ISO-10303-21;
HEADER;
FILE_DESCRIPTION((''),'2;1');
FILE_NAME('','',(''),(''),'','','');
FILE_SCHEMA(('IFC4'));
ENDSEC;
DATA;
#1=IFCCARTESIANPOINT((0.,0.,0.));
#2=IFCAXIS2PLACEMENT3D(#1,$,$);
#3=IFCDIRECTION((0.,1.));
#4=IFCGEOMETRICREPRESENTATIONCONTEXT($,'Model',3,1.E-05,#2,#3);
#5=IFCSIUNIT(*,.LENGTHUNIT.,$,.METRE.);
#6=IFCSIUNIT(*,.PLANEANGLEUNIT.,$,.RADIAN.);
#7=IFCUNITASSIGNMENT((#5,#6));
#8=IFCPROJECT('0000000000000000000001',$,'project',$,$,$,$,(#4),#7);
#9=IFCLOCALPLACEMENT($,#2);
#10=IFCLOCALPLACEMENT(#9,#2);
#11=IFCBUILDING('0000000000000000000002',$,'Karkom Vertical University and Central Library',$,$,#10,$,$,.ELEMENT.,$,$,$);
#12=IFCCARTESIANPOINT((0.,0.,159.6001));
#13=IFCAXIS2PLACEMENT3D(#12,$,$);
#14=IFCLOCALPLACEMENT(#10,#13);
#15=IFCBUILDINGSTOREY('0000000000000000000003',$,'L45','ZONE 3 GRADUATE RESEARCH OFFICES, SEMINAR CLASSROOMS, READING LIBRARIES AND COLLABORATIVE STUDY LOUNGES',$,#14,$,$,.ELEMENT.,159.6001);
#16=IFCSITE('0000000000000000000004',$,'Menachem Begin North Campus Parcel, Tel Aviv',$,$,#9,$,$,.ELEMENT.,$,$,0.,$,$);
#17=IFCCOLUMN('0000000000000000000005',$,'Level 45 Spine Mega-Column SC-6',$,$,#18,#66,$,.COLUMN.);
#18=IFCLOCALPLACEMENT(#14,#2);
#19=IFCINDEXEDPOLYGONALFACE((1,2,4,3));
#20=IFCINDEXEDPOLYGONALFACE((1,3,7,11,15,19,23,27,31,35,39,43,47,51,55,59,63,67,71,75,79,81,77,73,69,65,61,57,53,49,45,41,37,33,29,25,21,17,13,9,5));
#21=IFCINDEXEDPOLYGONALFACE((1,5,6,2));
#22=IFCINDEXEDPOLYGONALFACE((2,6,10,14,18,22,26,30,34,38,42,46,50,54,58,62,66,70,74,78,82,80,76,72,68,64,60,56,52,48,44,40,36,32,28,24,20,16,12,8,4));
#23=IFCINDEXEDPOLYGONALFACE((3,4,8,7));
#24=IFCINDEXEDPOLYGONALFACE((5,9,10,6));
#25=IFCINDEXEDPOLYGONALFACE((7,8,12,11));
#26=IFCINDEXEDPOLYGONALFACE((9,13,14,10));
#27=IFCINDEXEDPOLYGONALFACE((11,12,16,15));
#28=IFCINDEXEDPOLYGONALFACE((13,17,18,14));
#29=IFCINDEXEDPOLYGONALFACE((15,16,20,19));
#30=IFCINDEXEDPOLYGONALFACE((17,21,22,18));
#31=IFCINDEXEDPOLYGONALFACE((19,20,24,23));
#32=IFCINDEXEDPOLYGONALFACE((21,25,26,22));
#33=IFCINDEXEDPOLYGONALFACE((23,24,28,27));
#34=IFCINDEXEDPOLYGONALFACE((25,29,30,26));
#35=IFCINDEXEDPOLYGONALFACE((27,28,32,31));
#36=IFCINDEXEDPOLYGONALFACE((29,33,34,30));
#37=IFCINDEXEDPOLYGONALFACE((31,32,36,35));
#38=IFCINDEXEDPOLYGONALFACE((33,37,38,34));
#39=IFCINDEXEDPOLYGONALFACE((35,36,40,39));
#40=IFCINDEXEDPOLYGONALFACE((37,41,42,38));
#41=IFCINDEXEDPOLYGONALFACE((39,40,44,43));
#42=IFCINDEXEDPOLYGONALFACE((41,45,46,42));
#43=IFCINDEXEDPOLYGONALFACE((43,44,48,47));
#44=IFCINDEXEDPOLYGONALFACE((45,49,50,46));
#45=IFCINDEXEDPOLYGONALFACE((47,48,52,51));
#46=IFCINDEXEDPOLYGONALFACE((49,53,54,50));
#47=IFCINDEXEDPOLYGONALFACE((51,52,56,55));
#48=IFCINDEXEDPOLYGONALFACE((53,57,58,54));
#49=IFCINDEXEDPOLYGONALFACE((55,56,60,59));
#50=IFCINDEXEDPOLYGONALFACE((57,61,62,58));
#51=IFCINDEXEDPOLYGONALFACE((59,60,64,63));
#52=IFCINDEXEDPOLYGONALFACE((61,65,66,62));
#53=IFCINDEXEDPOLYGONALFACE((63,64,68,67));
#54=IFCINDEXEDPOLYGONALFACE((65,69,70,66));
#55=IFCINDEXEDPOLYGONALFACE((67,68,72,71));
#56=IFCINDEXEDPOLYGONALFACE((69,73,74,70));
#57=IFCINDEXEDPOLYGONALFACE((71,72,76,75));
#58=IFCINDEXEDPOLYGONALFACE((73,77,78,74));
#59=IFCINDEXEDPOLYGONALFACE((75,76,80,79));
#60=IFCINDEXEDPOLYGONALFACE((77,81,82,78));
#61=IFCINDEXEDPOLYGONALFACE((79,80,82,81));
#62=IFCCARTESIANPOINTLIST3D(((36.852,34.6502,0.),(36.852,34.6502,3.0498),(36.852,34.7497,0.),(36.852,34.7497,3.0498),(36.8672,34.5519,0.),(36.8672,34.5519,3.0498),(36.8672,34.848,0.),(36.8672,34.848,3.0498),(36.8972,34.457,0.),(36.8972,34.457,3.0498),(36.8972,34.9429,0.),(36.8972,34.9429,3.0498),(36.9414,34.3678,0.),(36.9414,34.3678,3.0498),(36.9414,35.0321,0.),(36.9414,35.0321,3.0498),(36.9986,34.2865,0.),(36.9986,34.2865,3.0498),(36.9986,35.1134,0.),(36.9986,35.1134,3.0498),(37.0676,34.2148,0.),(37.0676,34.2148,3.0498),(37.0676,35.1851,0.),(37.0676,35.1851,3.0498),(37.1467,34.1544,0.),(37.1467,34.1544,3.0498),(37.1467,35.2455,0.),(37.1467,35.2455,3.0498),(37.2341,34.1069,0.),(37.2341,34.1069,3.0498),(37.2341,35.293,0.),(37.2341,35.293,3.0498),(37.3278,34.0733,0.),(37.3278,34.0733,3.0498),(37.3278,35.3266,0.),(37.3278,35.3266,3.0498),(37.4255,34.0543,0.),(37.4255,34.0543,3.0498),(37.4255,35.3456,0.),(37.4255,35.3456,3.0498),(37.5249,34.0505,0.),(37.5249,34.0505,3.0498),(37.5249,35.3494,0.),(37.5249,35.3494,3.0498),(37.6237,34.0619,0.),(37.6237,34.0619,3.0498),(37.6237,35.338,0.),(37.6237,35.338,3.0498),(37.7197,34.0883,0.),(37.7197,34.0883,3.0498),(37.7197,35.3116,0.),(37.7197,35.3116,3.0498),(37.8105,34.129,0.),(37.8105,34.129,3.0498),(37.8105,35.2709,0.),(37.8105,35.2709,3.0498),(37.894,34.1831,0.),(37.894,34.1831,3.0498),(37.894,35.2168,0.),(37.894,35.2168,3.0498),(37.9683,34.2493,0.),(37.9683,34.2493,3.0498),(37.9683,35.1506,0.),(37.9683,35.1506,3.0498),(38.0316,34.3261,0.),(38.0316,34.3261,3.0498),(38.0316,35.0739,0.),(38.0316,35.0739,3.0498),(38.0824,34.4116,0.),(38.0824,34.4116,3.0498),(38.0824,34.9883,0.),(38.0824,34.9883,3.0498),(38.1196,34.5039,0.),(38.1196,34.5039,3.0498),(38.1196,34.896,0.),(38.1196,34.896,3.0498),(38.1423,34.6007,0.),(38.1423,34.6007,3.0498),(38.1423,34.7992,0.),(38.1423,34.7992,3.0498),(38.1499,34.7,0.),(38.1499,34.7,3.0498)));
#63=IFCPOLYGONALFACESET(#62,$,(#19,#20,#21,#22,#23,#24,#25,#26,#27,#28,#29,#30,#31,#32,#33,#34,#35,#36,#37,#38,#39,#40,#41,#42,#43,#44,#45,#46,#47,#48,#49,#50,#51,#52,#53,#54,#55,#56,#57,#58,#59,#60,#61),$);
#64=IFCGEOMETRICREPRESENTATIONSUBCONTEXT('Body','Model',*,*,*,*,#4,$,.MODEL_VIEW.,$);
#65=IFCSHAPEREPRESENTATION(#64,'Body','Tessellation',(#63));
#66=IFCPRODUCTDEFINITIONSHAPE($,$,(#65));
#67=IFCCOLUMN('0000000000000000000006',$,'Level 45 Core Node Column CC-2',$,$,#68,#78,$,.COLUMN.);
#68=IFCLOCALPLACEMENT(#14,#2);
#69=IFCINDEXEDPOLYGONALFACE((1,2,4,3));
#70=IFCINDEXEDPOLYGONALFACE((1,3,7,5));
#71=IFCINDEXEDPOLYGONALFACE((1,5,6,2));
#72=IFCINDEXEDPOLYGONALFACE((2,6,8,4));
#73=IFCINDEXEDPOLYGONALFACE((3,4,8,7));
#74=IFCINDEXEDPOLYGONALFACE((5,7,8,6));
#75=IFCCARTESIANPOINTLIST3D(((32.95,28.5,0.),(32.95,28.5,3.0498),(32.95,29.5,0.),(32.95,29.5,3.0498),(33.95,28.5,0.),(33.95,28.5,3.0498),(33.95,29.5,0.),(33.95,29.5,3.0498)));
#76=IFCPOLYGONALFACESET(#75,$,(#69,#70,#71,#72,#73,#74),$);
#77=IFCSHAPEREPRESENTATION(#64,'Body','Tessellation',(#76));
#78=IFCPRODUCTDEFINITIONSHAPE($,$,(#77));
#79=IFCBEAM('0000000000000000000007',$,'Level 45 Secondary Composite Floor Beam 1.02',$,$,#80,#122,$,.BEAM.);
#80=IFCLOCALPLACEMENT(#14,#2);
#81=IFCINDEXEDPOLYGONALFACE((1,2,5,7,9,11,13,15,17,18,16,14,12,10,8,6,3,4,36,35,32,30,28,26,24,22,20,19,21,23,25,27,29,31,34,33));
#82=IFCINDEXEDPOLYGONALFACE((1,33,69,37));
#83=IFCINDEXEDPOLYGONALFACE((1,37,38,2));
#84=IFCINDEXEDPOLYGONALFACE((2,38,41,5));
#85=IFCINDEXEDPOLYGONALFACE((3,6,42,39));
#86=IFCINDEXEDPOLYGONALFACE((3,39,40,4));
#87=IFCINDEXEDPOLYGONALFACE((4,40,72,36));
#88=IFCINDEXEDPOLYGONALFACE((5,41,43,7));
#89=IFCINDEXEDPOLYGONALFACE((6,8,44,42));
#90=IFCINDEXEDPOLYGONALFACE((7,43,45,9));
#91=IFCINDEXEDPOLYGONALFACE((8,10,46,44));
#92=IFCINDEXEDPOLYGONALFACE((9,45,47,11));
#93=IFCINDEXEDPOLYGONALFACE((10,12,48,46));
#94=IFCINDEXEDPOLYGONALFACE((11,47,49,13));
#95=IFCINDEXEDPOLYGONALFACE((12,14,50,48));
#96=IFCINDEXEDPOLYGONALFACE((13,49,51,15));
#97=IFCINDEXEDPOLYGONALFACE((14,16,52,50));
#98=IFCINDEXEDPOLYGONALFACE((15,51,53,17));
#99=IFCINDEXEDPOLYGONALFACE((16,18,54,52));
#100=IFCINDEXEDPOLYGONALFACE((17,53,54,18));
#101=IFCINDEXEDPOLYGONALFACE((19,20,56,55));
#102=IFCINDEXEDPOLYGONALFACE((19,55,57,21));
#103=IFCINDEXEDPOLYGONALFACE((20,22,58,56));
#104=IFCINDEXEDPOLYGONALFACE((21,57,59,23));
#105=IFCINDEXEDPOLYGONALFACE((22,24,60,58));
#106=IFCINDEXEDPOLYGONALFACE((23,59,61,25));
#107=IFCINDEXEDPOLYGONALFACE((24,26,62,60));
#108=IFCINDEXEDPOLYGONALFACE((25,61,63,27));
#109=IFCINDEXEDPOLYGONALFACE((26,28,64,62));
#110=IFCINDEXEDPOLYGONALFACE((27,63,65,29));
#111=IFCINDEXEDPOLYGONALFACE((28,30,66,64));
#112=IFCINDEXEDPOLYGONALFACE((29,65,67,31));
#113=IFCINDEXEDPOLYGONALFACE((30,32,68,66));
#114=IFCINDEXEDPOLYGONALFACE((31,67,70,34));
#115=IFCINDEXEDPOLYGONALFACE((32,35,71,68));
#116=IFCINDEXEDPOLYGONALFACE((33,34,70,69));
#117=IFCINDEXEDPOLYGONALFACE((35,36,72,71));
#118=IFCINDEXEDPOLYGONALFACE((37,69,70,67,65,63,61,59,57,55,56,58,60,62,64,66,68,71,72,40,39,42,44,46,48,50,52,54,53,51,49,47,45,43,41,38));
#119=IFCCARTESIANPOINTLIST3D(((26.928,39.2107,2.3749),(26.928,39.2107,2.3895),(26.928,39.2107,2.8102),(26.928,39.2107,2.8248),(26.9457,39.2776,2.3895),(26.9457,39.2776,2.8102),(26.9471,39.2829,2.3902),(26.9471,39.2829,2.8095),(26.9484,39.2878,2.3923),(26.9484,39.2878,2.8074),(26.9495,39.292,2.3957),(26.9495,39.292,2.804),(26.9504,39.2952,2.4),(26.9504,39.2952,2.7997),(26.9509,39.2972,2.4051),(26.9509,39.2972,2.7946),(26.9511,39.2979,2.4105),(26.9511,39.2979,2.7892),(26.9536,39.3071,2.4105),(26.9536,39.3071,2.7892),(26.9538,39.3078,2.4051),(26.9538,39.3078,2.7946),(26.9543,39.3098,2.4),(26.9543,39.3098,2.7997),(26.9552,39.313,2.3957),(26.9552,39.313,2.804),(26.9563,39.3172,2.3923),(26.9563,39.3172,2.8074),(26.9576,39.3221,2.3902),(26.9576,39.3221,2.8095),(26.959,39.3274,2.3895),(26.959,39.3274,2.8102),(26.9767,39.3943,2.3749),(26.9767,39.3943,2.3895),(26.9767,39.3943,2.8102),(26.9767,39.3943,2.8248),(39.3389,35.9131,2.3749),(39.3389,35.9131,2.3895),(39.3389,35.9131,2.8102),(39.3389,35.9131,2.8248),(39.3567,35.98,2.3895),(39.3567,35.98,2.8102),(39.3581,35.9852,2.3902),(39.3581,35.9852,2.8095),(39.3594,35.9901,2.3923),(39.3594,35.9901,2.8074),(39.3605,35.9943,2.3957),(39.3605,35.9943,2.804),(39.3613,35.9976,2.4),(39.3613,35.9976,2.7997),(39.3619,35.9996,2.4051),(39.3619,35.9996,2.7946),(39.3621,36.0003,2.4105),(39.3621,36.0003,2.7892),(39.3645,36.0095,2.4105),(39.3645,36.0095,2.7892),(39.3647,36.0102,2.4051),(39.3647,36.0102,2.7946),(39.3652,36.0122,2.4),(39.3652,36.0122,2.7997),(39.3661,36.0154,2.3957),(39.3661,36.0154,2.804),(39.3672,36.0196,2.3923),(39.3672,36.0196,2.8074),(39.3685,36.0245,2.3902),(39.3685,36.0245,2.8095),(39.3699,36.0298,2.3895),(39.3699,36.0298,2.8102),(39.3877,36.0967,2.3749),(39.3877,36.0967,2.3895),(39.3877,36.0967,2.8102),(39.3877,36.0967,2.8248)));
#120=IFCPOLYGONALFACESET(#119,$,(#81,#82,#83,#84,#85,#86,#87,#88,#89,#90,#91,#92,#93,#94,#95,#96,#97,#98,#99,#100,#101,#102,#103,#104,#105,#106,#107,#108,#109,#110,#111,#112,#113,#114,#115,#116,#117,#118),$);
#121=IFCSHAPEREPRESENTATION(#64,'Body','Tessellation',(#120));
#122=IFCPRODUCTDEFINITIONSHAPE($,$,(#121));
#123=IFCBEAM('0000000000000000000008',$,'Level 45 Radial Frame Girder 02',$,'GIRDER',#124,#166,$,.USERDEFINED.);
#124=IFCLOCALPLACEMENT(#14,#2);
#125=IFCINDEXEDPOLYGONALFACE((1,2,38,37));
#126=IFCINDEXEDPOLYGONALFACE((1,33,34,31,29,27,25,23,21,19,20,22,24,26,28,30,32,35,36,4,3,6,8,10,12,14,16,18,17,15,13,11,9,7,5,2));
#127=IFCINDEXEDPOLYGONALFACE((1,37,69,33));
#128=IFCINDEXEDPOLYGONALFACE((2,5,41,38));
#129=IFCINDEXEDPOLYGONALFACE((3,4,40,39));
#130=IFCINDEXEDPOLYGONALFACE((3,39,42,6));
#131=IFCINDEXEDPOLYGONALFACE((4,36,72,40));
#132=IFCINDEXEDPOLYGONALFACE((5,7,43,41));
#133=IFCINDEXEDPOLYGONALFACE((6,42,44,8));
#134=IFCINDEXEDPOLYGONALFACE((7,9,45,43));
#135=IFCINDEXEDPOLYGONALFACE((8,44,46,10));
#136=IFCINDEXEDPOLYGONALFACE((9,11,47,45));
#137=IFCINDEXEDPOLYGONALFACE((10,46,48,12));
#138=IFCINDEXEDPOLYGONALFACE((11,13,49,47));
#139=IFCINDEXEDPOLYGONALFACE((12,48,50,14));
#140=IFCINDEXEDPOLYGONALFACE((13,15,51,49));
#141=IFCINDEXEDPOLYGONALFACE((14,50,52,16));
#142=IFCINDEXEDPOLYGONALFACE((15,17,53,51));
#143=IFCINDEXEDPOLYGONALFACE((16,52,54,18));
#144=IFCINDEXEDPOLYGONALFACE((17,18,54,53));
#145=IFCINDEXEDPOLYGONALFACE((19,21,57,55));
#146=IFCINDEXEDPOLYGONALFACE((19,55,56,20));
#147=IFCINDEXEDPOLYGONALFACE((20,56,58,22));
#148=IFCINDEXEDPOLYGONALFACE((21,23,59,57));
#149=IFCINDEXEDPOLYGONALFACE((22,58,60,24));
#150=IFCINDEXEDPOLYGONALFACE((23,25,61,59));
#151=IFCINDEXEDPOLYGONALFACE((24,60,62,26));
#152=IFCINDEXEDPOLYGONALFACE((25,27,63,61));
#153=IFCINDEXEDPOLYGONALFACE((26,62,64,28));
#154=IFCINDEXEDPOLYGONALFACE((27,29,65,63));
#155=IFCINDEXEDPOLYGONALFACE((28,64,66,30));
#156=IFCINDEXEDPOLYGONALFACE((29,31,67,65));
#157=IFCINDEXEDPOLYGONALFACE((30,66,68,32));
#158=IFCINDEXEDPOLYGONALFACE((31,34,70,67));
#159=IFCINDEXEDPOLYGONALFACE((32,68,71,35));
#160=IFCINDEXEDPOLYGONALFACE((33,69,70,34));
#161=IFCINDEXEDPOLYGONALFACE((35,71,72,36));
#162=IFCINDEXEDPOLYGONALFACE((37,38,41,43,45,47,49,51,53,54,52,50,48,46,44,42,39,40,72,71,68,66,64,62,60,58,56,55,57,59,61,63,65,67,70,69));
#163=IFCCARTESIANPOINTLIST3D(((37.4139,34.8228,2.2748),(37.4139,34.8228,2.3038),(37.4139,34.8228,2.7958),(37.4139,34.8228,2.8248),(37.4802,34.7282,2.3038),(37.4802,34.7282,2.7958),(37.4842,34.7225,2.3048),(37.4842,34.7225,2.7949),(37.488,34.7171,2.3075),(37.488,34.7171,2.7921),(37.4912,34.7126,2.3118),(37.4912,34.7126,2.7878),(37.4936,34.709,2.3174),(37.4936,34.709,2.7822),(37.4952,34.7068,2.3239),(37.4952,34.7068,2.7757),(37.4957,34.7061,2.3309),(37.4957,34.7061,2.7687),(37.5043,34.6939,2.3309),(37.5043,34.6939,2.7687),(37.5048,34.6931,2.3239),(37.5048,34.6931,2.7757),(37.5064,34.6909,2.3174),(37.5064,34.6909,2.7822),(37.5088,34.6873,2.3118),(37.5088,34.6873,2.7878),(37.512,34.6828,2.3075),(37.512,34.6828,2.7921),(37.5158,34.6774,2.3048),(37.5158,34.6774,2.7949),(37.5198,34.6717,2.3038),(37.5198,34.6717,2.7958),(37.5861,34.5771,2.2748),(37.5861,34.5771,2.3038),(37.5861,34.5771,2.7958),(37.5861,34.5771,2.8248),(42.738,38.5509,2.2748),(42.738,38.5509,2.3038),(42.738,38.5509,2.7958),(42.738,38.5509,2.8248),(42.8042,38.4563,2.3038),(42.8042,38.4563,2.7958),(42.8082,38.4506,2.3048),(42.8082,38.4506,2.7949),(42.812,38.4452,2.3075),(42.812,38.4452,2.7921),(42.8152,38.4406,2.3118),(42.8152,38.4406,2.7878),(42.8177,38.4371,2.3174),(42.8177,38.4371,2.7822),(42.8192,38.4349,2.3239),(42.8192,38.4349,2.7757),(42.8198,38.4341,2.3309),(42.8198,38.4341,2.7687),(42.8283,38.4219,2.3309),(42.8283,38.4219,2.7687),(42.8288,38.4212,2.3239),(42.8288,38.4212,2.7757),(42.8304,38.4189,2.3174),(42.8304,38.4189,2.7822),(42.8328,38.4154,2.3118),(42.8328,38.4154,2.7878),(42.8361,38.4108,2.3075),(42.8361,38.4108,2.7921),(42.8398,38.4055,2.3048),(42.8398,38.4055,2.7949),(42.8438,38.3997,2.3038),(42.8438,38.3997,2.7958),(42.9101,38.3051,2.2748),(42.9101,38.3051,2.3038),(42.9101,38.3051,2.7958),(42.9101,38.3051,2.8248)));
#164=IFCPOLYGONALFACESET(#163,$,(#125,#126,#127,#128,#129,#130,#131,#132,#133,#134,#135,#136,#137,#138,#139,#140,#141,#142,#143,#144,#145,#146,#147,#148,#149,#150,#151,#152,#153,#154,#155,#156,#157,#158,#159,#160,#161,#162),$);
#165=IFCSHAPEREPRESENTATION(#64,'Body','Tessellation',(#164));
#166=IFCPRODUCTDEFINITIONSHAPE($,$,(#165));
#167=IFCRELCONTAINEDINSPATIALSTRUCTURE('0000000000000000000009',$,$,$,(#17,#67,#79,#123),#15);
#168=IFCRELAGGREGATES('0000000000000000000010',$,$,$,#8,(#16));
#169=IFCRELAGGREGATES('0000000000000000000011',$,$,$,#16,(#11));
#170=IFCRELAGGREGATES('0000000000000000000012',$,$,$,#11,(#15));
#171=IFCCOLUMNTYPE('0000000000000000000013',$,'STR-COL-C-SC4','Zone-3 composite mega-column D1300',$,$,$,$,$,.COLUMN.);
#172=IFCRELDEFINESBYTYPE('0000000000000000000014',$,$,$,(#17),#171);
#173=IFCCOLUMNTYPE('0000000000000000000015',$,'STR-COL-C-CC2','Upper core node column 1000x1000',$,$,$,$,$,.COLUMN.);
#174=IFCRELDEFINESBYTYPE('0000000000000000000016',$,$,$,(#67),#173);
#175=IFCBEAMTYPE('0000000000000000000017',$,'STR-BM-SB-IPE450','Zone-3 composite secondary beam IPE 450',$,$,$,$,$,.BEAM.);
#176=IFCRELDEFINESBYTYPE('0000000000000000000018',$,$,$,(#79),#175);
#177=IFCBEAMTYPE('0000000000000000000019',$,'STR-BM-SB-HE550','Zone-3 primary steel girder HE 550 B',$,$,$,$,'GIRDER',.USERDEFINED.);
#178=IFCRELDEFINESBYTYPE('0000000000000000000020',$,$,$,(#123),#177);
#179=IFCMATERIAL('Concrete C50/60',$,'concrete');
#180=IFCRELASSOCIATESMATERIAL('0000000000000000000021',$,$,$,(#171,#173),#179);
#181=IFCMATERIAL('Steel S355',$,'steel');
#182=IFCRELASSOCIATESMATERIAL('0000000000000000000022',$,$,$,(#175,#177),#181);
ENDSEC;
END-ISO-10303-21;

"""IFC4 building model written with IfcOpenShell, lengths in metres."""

from ifc_helpers import new_model, si_unit, direction, frame, origin, origin_with_axes, origin_2d, place, context, subcontext, project, spatial, rectangle, circle, i_section, extrude, source, transform, mapped, material, material_profile, profile_set, type_object, element, save


model = new_model("IFC4")

# Units and contexts
model_context = context("Model", 3, precision=1e-05, world=origin(), true_north=direction((0.0, 1.0)))
body_context = subcontext(model_context, "Body", "Model", "MODEL_VIEW")
ifc_project = project(units=[si_unit("LENGTHUNIT", "METRE"), si_unit("PLANEANGLEUNIT", "RADIAN")], contexts=[model_context])

# Site, building, storey
site_placement = place(None, origin())
site = spatial("IfcSite", under=ifc_project, at=site_placement, Name="Menachem Begin North Campus Parcel, Tel Aviv", CompositionType="ELEMENT", RefElevation=0.0)
building_placement = place(site_placement, origin())
building = spatial("IfcBuilding", under=site, at=building_placement, Name="Karkom Vertical University and Central Library", CompositionType="ELEMENT")
storey_placement = place(building_placement, frame((0.0, 0.0, 159.6001)))
storey = spatial("IfcBuildingStorey", under=building, at=storey_placement, Name="L45", Description="ZONE 3 GRADUATE RESEARCH OFFICES, SEMINAR CLASSROOMS, READING LIBRARIES AND COLLABORATIVE STUDY LOUNGES", CompositionType="ELEMENT", Elevation=159.6001)

# Columns
ifc_material_1 = material(Name="Concrete C50/60", Category="concrete")
ifc_material_profile_1 = material_profile(ifc_material_1, circle(Radius=0.6499, at=origin_2d()), Name="CFT-D1300")
ifc_profile_set_1 = profile_set([ifc_material_profile_1], Name="Concrete C50/60")
column_type_1 = type_object("IfcColumnType", Name="STR-COL-C-SC4", Description="Zone-3 composite mega-column D1300", PredefinedType="COLUMN", material=ifc_profile_set_1)
shared_shape_1 = source(origin_with_axes(), body_context, "Body", "SweptSolid", [
    extrude(circle(Radius=0.6499, at=origin_2d()), origin(), (0.0, 0.0, 1.0), 3.0498),
])
column_1_placement = place(storey_placement, frame((37.5, 34.7, 0.0), z_axis=(0.0, 0.0, 1.0), x_axis=(1.0, 0.0, 0.0)))
element("IfcColumn", 1, at=column_1_placement, inside=storey, type_object=column_type_1, Name="Level 45 Spine Mega-Column SC-6", PredefinedType="COLUMN", context=body_context, shape_type="MappedRepresentation", body=[
    mapped(shared_shape_1, transform((0.0, 0.0, 0.0), scale=1.0)),
])
ifc_material_profile_2 = material_profile(ifc_material_1, rectangle(XDim=1.0, YDim=1.0, at=origin_2d()), Name="RC-1000x1000")
ifc_profile_set_2 = profile_set([ifc_material_profile_2], Name="Concrete C50/60")
column_type_2 = type_object("IfcColumnType", Name="STR-COL-C-CC2", Description="Upper core node column 1000x1000", PredefinedType="COLUMN", material=ifc_profile_set_2)
shared_shape_2 = source(origin_with_axes(), body_context, "Body", "SweptSolid", [
    extrude(rectangle(XDim=1.0, YDim=1.0, at=origin_2d()), origin(), (0.0, 0.0, 1.0), 3.0498),
])
column_2_placement = place(storey_placement, frame((33.45, 29.0, 0.0), z_axis=(0.0, 0.0, 1.0), x_axis=(1.0, 0.0, 0.0)))
element("IfcColumn", 2, at=column_2_placement, inside=storey, type_object=column_type_2, Name="Level 45 Core Node Column CC-2", PredefinedType="COLUMN", context=body_context, shape_type="MappedRepresentation", body=[
    mapped(shared_shape_2, transform((0.0, 0.0, 0.0), scale=1.0)),
])

# Beams
ifc_material_2 = material(Name="Steel S355", Category="steel")
ifc_material_profile_3 = material_profile(ifc_material_2, i_section(OverallWidth=0.1899, OverallDepth=0.45, WebThickness=0.0095, FlangeThickness=0.0146, FilletRadius=0.021, at=origin_2d()), Name="IPE 450")
ifc_profile_set_3 = profile_set([ifc_material_profile_3], Name="Steel S355")
beam_type_1 = type_object("IfcBeamType", Name="STR-BM-SB-IPE450", Description="Zone-3 composite secondary beam IPE 450", PredefinedType="BEAM", material=ifc_profile_set_3)
shared_shape_3 = source(origin_with_axes(), body_context, "Body", "SweptSolid", [
    extrude(i_section(OverallWidth=0.1899, OverallDepth=0.45, WebThickness=0.0095, FlangeThickness=0.0146, FilletRadius=0.021, at=origin_2d()), origin(), (0.0, 0.0, 1.0), 12.8416),
])
beam_1_placement = place(storey_placement, frame((39.3633, 36.0049, 2.5999), z_axis=(-0.966466, 0.256793, 0.0), x_axis=(-0.256793, -0.966466, 0.0)))
element("IfcBeam", 3, at=beam_1_placement, inside=storey, type_object=beam_type_1, Name="Level 45 Secondary Composite Floor Beam 1.02", PredefinedType="BEAM", context=body_context, shape_type="MappedRepresentation", body=[
    mapped(shared_shape_3, transform((0.0, 0.0, 0.0), scale=1.0)),
])
ifc_material_profile_4 = material_profile(ifc_material_2, i_section(OverallWidth=0.3, OverallDepth=0.55, WebThickness=0.0149, FlangeThickness=0.0291, FilletRadius=0.0271, at=origin_2d()), Name="HE 550 B")
ifc_profile_set_4 = profile_set([ifc_material_profile_4], Name="Steel S355")
beam_type_2 = type_object("IfcBeamType", Name="STR-BM-SB-HE550", Description="Zone-3 primary steel girder HE 550 B", ElementType="GIRDER", PredefinedType="USERDEFINED", material=ifc_profile_set_4)
shared_shape_4 = source(origin_with_axes(), body_context, "Body", "SweptSolid", [
    extrude(i_section(OverallWidth=0.3, OverallDepth=0.55, WebThickness=0.0149, FlangeThickness=0.0291, FilletRadius=0.0271, at=origin_2d()), origin(), (0.0, 0.0, 1.0), 6.4995),
])
beam_2_placement = place(storey_placement, frame((37.5, 34.7, 2.5498), z_axis=(0.819142, 0.573591, 0.0), x_axis=(-0.573591, 0.819142, 0.0)))
element("IfcBeam", 4, at=beam_2_placement, inside=storey, type_object=beam_type_2, Name="Level 45 Radial Frame Girder 02", ObjectType="GIRDER", PredefinedType="USERDEFINED", context=body_context, shape_type="MappedRepresentation", body=[
    mapped(shared_shape_4, transform((0.0, 0.0, 0.0), scale=1.0)),
])

save(model, "model.ifc")
